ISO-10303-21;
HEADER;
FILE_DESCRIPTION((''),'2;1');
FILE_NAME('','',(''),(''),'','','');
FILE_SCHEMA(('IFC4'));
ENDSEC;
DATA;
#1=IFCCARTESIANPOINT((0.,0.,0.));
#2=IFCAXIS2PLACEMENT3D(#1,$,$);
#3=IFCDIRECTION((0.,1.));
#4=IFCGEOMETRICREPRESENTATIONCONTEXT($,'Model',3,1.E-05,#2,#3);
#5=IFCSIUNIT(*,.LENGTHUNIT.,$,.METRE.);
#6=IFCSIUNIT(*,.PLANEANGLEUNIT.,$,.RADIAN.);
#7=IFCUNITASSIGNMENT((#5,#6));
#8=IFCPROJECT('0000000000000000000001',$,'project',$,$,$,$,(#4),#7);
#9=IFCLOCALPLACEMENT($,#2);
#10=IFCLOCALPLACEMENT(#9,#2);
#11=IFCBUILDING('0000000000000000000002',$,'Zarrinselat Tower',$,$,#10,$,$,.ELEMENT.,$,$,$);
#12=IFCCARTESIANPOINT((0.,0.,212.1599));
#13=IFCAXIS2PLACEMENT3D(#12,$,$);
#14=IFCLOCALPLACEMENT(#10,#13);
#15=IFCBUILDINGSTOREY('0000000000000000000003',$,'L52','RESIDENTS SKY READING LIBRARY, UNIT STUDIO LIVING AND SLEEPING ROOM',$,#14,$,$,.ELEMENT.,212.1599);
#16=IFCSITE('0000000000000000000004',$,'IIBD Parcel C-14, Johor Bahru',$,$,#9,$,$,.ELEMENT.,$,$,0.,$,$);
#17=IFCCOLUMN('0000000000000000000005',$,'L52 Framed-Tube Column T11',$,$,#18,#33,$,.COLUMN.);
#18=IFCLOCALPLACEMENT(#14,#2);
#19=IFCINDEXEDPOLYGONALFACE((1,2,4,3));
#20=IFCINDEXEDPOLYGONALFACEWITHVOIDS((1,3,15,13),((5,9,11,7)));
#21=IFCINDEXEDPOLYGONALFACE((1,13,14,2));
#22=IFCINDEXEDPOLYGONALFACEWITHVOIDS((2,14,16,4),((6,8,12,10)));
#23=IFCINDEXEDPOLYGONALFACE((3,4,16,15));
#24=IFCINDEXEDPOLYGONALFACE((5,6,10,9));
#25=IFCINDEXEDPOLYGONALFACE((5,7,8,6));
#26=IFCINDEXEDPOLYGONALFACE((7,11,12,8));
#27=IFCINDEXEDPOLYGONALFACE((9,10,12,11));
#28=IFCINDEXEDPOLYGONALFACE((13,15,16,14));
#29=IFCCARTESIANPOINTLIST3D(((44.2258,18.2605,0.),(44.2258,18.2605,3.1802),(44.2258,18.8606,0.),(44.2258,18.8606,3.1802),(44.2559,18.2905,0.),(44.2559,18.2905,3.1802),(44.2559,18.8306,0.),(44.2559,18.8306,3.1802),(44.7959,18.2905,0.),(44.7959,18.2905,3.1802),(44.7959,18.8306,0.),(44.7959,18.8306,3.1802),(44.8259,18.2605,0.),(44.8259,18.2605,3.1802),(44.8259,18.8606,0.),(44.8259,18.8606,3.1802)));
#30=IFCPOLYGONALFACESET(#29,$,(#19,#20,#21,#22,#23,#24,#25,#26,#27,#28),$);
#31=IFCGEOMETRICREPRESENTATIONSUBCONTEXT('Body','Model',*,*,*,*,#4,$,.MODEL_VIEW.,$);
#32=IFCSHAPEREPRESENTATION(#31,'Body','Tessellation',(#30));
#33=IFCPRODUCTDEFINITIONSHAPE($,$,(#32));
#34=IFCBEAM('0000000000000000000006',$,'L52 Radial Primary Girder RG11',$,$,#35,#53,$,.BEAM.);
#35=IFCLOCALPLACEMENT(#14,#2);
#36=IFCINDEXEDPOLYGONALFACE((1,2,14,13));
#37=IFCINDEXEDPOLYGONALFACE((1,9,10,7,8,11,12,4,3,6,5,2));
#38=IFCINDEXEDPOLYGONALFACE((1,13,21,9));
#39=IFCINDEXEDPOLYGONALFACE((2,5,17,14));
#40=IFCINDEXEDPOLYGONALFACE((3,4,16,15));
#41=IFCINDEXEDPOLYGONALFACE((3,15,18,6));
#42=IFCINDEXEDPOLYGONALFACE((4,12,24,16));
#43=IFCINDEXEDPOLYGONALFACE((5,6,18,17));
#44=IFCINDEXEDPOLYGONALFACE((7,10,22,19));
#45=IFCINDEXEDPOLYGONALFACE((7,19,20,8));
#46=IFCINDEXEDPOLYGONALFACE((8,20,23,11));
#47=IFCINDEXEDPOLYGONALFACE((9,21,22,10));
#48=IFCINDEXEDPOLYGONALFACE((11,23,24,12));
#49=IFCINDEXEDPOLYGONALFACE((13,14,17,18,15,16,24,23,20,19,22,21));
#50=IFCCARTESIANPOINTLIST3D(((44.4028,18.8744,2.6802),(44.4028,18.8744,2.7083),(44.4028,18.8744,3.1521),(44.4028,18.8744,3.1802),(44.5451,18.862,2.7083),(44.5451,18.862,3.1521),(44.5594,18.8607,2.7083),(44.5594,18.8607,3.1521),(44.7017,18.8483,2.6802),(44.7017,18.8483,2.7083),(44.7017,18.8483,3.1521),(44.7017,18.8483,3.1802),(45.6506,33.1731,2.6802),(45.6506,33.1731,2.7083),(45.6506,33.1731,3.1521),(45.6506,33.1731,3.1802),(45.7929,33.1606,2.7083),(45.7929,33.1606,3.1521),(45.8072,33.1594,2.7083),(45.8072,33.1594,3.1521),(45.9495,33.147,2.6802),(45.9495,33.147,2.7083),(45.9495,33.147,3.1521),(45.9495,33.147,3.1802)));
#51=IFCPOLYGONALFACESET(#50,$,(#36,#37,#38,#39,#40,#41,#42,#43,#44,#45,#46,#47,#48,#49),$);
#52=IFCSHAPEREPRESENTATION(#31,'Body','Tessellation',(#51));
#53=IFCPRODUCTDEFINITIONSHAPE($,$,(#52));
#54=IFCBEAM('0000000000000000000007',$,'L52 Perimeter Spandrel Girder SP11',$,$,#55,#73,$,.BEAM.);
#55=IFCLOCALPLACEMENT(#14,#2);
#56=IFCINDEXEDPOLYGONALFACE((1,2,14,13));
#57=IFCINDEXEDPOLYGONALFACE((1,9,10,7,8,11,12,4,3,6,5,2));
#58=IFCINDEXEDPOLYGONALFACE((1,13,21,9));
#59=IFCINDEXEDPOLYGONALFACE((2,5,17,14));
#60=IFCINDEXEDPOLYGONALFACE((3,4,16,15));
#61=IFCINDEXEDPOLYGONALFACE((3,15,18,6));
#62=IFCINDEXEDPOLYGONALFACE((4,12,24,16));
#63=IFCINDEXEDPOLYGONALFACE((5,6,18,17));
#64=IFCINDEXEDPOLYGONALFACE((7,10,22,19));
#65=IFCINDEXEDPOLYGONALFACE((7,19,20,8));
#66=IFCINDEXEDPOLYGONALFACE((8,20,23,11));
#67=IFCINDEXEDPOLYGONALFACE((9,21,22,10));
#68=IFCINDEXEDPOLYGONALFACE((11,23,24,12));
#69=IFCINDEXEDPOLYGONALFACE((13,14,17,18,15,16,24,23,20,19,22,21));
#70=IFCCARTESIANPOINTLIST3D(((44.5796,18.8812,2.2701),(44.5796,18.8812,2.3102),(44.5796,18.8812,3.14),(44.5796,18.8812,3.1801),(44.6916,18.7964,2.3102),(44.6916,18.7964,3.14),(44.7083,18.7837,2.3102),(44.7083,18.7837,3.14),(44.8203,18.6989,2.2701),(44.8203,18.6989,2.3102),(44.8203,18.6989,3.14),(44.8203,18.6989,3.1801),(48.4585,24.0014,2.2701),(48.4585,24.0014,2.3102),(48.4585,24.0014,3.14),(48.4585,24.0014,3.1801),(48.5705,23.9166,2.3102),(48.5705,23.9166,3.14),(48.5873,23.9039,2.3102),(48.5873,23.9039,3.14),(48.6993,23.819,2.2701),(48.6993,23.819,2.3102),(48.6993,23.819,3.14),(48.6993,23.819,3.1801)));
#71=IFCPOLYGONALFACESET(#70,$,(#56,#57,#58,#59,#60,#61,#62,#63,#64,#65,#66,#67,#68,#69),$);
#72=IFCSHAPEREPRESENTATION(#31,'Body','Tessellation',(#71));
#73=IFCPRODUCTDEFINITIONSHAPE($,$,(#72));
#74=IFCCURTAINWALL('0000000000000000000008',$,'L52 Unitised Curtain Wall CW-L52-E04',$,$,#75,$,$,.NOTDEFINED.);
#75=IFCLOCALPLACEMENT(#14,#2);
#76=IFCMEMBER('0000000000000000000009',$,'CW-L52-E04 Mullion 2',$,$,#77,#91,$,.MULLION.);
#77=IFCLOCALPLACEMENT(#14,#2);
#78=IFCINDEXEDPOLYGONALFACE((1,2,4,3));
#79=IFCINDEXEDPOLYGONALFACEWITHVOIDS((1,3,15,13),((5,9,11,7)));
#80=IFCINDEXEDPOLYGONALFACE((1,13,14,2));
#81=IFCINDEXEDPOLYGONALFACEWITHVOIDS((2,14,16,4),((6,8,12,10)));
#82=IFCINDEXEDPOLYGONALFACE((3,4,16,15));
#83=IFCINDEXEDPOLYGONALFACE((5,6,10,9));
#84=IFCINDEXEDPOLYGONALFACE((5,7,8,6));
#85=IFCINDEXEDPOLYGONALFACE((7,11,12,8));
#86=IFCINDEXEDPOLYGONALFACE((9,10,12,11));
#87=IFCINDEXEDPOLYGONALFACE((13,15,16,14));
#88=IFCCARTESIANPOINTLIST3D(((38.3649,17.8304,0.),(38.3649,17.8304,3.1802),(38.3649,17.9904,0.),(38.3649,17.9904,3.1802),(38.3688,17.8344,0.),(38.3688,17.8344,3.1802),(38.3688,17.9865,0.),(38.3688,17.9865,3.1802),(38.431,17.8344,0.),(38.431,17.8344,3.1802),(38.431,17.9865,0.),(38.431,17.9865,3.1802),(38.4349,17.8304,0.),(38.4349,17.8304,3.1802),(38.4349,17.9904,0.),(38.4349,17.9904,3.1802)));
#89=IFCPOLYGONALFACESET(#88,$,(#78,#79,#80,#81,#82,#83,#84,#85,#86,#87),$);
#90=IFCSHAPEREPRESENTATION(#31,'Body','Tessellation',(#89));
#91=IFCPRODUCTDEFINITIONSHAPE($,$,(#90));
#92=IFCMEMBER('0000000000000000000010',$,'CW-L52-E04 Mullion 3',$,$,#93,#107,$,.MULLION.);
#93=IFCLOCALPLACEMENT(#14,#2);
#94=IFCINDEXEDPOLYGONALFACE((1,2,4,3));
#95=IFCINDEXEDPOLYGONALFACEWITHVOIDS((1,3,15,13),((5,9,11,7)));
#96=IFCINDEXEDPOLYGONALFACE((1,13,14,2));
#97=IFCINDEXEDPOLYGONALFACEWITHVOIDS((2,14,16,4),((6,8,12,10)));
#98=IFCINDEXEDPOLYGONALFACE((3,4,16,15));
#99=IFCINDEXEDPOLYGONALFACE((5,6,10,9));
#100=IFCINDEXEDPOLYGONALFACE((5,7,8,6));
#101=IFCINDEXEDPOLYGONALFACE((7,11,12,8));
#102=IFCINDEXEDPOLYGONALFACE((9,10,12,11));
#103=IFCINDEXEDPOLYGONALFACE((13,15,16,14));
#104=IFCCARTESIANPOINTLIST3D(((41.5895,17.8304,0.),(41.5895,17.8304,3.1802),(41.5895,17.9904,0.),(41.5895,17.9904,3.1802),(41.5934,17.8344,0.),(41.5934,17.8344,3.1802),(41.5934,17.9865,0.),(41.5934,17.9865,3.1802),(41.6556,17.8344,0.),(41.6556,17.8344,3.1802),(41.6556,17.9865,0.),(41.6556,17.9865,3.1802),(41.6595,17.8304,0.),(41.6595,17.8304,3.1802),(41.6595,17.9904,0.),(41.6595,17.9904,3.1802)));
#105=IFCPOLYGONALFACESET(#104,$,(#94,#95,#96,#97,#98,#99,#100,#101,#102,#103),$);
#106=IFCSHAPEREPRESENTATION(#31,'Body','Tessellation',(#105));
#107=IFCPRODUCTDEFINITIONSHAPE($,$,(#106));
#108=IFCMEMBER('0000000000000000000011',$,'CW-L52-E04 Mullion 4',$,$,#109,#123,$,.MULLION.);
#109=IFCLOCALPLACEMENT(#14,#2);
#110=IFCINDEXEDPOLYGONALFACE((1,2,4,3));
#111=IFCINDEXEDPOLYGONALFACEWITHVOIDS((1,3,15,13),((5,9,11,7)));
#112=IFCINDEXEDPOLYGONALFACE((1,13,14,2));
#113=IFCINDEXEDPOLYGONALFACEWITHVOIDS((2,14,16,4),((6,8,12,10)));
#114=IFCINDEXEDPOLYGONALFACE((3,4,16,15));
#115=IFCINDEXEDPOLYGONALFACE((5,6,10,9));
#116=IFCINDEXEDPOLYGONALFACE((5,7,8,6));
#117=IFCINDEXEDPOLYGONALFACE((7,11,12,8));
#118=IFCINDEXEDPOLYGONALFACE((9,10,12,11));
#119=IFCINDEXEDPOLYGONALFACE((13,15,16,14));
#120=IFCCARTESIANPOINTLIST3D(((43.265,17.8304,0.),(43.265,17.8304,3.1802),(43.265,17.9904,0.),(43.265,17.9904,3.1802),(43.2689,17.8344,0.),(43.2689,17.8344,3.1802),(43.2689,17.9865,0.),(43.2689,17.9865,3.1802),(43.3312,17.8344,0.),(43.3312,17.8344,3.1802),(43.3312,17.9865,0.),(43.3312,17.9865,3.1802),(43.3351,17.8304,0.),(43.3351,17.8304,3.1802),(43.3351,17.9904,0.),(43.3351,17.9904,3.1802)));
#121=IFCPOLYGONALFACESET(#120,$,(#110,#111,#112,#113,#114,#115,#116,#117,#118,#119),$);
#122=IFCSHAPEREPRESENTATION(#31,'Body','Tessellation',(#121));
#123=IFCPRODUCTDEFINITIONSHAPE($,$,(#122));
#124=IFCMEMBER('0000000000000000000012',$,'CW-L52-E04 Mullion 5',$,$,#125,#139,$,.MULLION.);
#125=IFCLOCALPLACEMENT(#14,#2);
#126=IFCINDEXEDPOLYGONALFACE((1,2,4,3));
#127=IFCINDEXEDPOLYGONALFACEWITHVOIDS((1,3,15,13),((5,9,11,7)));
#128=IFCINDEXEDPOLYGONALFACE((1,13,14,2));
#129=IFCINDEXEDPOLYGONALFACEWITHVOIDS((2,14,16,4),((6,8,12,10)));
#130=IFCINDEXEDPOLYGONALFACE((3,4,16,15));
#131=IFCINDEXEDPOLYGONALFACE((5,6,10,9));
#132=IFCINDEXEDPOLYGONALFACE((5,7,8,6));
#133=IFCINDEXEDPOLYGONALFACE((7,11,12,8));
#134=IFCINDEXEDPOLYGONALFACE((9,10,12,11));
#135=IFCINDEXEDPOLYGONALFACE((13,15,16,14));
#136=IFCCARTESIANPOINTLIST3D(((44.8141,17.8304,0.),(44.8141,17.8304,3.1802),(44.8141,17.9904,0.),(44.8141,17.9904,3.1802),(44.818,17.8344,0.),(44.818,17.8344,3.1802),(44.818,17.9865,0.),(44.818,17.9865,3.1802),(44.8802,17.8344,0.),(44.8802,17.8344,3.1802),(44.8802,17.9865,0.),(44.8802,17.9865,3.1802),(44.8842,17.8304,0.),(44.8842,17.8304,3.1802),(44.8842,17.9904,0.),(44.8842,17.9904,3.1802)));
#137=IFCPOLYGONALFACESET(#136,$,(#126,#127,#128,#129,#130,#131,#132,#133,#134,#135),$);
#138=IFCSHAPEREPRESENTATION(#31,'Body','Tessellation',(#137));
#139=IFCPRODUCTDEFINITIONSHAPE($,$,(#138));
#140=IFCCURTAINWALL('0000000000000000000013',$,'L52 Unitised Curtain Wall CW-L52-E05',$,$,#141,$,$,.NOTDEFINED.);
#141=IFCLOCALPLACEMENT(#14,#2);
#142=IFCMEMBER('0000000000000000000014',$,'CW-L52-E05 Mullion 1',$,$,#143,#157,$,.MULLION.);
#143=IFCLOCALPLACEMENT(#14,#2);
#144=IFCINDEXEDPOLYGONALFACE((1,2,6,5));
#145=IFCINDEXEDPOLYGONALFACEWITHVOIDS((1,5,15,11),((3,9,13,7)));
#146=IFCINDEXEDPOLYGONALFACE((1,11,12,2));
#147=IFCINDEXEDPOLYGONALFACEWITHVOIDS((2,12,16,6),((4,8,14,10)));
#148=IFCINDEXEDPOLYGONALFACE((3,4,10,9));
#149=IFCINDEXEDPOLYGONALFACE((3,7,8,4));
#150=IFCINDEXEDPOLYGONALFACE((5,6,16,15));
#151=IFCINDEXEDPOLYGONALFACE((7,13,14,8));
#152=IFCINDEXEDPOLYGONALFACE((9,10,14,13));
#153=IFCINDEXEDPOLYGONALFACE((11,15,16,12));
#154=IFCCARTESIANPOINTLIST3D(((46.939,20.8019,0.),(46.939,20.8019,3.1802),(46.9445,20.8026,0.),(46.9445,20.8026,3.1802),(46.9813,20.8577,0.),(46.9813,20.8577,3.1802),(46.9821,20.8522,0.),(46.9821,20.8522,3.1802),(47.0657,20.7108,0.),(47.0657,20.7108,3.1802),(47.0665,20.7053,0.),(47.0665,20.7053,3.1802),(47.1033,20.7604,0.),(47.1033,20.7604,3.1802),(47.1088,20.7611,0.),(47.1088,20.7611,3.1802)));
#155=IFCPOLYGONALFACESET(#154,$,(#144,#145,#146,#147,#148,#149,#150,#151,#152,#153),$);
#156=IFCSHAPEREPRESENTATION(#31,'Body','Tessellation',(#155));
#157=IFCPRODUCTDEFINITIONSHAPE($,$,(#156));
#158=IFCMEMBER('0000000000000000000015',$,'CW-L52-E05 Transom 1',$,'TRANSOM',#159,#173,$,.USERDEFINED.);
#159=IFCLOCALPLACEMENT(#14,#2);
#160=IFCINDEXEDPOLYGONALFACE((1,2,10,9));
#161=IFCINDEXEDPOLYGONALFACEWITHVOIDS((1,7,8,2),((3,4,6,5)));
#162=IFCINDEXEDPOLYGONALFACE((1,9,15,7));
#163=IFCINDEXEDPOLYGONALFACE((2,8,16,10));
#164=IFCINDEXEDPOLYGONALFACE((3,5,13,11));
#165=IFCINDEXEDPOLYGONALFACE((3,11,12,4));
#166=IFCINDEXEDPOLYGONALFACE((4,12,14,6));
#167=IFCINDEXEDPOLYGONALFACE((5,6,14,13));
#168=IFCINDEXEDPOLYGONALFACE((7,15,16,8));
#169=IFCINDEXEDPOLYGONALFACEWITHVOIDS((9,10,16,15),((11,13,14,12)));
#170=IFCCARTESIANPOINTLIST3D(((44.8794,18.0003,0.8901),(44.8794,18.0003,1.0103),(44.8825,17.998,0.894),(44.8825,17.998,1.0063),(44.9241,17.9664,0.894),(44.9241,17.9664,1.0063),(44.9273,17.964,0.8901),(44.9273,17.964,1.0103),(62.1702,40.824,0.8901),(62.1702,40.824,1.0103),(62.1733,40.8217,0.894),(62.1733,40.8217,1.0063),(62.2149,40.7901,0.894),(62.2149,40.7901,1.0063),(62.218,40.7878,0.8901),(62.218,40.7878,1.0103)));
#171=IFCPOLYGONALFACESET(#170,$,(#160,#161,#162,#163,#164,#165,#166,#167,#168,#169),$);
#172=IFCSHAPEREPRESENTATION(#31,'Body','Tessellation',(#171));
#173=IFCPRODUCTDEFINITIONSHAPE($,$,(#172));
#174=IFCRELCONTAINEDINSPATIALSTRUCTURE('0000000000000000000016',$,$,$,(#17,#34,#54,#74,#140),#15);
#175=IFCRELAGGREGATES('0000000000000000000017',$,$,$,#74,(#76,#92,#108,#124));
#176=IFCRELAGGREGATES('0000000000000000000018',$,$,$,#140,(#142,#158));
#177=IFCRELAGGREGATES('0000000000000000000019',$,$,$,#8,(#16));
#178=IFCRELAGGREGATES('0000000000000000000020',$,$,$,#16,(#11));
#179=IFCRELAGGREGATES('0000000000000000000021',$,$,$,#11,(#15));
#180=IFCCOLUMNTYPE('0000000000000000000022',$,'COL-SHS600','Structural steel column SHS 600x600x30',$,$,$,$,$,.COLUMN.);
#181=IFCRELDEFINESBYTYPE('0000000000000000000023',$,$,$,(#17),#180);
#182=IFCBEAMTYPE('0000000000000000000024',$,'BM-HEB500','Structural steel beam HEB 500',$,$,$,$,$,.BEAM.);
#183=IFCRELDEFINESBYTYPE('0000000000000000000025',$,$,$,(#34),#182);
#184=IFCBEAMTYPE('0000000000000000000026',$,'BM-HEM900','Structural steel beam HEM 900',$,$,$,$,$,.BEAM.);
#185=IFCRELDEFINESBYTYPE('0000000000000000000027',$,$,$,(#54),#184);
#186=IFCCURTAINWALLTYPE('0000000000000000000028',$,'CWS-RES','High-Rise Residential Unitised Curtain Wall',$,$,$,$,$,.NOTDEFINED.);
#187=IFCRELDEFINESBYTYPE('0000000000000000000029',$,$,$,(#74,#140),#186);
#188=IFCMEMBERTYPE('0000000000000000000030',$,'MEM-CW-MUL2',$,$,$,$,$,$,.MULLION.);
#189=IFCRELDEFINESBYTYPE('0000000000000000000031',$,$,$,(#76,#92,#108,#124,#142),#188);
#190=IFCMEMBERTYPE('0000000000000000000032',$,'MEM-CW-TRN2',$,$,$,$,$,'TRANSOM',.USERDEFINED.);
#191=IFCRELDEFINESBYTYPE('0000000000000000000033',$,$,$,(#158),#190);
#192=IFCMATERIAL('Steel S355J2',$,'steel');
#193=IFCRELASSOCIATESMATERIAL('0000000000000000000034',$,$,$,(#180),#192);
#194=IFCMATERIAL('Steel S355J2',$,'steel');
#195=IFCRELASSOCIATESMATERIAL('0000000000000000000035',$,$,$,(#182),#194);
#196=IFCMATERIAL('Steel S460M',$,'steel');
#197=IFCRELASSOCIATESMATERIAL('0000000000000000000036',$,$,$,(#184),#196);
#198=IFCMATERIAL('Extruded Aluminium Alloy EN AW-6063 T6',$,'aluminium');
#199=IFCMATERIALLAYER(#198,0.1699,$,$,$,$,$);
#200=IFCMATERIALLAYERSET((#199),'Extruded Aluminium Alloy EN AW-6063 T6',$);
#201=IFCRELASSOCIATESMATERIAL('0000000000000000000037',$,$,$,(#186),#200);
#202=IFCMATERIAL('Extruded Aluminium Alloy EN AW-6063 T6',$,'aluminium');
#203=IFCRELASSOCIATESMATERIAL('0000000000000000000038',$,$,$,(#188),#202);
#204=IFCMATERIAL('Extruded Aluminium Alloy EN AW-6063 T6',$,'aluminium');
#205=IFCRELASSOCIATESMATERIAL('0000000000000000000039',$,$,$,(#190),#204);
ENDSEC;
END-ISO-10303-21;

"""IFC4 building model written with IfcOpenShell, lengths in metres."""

from ifc_helpers import new_model, si_unit, direction, frame, origin, origin_2d, place, context, subcontext, project, spatial, hollow_rectangle, i_section, extrude, material, layer, layer_set, material_profile, profile_set, type_object, element, aggregate, save


model = new_model("IFC4")

# Units and contexts
model_context = context("Model", 3, precision=1e-05, world=origin(), true_north=direction((0.0, 1.0)))
body_context = subcontext(model_context, "Body", "Model", "MODEL_VIEW")
ifc_project = project(units=[si_unit("LENGTHUNIT", "METRE"), si_unit("PLANEANGLEUNIT", "RADIAN")], contexts=[model_context])

# Site, building, storey
site_placement = place(None, origin())
site = spatial("IfcSite", under=ifc_project, at=site_placement, Name="IIBD Parcel C-14, Johor Bahru", CompositionType="ELEMENT", RefElevation=0.0)
building_placement = place(site_placement, origin())
building = spatial("IfcBuilding", under=site, at=building_placement, Name="Zarrinselat Tower", CompositionType="ELEMENT")
storey_placement = place(building_placement, frame((0.0, 0.0, 212.1599)))
storey = spatial("IfcBuildingStorey", under=building, at=storey_placement, Name="L52", Description="RESIDENTS SKY READING LIBRARY, UNIT STUDIO LIVING AND SLEEPING ROOM", CompositionType="ELEMENT", Elevation=212.1599)

# Column
ifc_material_1 = material(Name="Steel S355J2", Category="steel")
ifc_material_profile_1 = material_profile(ifc_material_1, hollow_rectangle(XDim=0.6001, YDim=0.6001, WallThickness=0.03, at=origin_2d()), Name="SHS 600x600x30")
ifc_profile_set_1 = profile_set([ifc_material_profile_1], Name="Steel S355J2")
column_type = type_object("IfcColumnType", Name="COL-SHS600", Description="Structural steel column SHS 600x600x30", PredefinedType="COLUMN", material=ifc_profile_set_1)
column_placement = place(storey_placement, frame((44.5259, 18.5605, 0.0), z_axis=(0.0, 0.0, 1.0), x_axis=(1.0, 0.0, 0.0)))
element("IfcColumn", 1, at=column_placement, inside=storey, type_object=column_type, Name="L52 Framed-Tube Column T11", PredefinedType="COLUMN", context=body_context, shape_type="SweptSolid", body=[
    extrude(hollow_rectangle(XDim=0.6001, YDim=0.6001, WallThickness=0.03, at=origin_2d()), origin(), (0.0, 0.0, 1.0), 3.1802),
])

# Beams
ifc_material_2 = material(Name="Steel S355J2", Category="steel")
ifc_material_profile_2 = material_profile(ifc_material_2, i_section(OverallWidth=0.3, OverallDepth=0.5, WebThickness=0.0144, FlangeThickness=0.0281, at=origin_2d()), Name="HEB 500")
ifc_profile_set_2 = profile_set([ifc_material_profile_2], Name="Steel S355J2")
beam_type_1 = type_object("IfcBeamType", Name="BM-HEB500", Description="Structural steel beam HEB 500", PredefinedType="BEAM", material=ifc_profile_set_2)
beam_1_placement = place(storey_placement, frame((44.5522, 18.8613, 2.9302), z_axis=(0.086937, 0.996214, 0.0), x_axis=(-0.996214, 0.086937, 0.0)))
element("IfcBeam", 2, at=beam_1_placement, inside=storey, type_object=beam_type_1, Name="L52 Radial Primary Girder RG11", PredefinedType="BEAM", context=body_context, shape_type="SweptSolid", body=[
    extrude(i_section(OverallWidth=0.3, OverallDepth=0.5, WebThickness=0.0144, FlangeThickness=0.0281, at=origin_2d()), origin(), (0.0, 0.0, 1.0), 14.353),
])
ifc_material_3 = material(Name="Steel S460M", Category="steel")
ifc_material_profile_3 = material_profile(ifc_material_3, i_section(OverallWidth=0.302, OverallDepth=0.9099, WebThickness=0.021, FlangeThickness=0.04, at=origin_2d()), Name="HEM 900")
ifc_profile_set_3 = profile_set([ifc_material_profile_3], Name="Steel S460M")
beam_type_2 = type_object("IfcBeamType", Name="BM-HEM900", Description="Structural steel beam HEM 900", PredefinedType="BEAM", material=ifc_profile_set_3)
beam_2_placement = place(storey_placement, frame((44.7, 18.79, 2.7251), z_axis=(0.603861, 0.79709, 0.0), x_axis=(-0.79709, 0.603861, 0.0)))
element("IfcBeam", 3, at=beam_2_placement, inside=storey, type_object=beam_type_2, Name="L52 Perimeter Spandrel Girder SP11", PredefinedType="BEAM", context=body_context, shape_type="SweptSolid", body=[
    extrude(i_section(OverallWidth=0.302, OverallDepth=0.9099, WebThickness=0.021, FlangeThickness=0.04, at=origin_2d()), origin(), (0.0, 0.0, 1.0), 6.4236),
])

# Curtain walls, members
ifc_material_4 = material(Name="Extruded Aluminium Alloy EN AW-6063 T6", Category="aluminium")
ifc_layer_1 = layer(ifc_material_4, 0.1699)
ifc_layer_set_1 = layer_set([ifc_layer_1], Name="Extruded Aluminium Alloy EN AW-6063 T6")
curtain_wall_type = type_object("IfcCurtainWallType", Name="CWS-RES", Description="High-Rise Residential Unitised Curtain Wall", PredefinedType="NOTDEFINED", material=ifc_layer_set_1)
curtain_wall_1_placement = place(storey_placement, origin())
curtain_wall_1 = element("IfcCurtainWall", 4, at=curtain_wall_1_placement, inside=storey, type_object=curtain_wall_type, Name="L52 Unitised Curtain Wall CW-L52-E04", PredefinedType="NOTDEFINED")
ifc_material_5 = material(Name="Extruded Aluminium Alloy EN AW-6063 T6", Category="aluminium")
ifc_material_profile_4 = material_profile(ifc_material_5, hollow_rectangle(XDim=0.0701, YDim=0.1599, WallThickness=0.0039, at=origin_2d()), Name="RHS 160x70x4")
ifc_profile_set_4 = profile_set([ifc_material_profile_4], Name="Extruded Aluminium Alloy EN AW-6063 T6")
member_type_1 = type_object("IfcMemberType", Name="MEM-CW-MUL2", PredefinedType="MULLION", material=ifc_profile_set_4)
member_1_placement = place(storey_placement, frame((38.3999, 17.9104, 0.0), z_axis=(0.0, 0.0, 1.0), x_axis=(1.0, 0.0, 0.0)))
member_1 = element("IfcMember", 5, at=member_1_placement, type_object=member_type_1, Name="CW-L52-E04 Mullion 2", PredefinedType="MULLION", context=body_context, shape_type="SweptSolid", body=[
    extrude(hollow_rectangle(XDim=0.0701, YDim=0.1599, WallThickness=0.0039, at=origin_2d()), origin(), (0.0, 0.0, 1.0), 3.1802),
])
member_2_placement = place(storey_placement, frame((41.6245, 17.9104, 0.0), z_axis=(0.0, 0.0, 1.0), x_axis=(1.0, 0.0, 0.0)))
member_2 = element("IfcMember", 6, at=member_2_placement, type_object=member_type_1, Name="CW-L52-E04 Mullion 3", PredefinedType="MULLION", context=body_context, shape_type="SweptSolid", body=[
    extrude(hollow_rectangle(XDim=0.0701, YDim=0.1599, WallThickness=0.0039, at=origin_2d()), origin(), (0.0, 0.0, 1.0), 3.1802),
])
member_3_placement = place(storey_placement, frame((43.3, 17.9104, 0.0), z_axis=(0.0, 0.0, 1.0), x_axis=(1.0, 0.0, 0.0)))
member_3 = element("IfcMember", 7, at=member_3_placement, type_object=member_type_1, Name="CW-L52-E04 Mullion 4", PredefinedType="MULLION", context=body_context, shape_type="SweptSolid", body=[
    extrude(hollow_rectangle(XDim=0.0701, YDim=0.1599, WallThickness=0.0039, at=origin_2d()), origin(), (0.0, 0.0, 1.0), 3.1802),
])
member_4_placement = place(storey_placement, frame((44.8491, 17.9104, 0.0), z_axis=(0.0, 0.0, 1.0), x_axis=(1.0, 0.0, 0.0)))
member_4 = element("IfcMember", 8, at=member_4_placement, type_object=member_type_1, Name="CW-L52-E04 Mullion 5", PredefinedType="MULLION", context=body_context, shape_type="SweptSolid", body=[
    extrude(hollow_rectangle(XDim=0.0701, YDim=0.1599, WallThickness=0.0039, at=origin_2d()), origin(), (0.0, 0.0, 1.0), 3.1802),
])
curtain_wall_2_placement = place(storey_placement, origin())
curtain_wall_2 = element("IfcCurtainWall", 9, at=curtain_wall_2_placement, inside=storey, type_object=curtain_wall_type, Name="L52 Unitised Curtain Wall CW-L52-E05", PredefinedType="NOTDEFINED")
member_5_placement = place(storey_placement, frame((47.0239, 20.7815, 0.0), z_axis=(0.0, 0.0, 1.0), x_axis=(0.603859, 0.797091, 0.0)))
member_5 = element("IfcMember", 10, at=member_5_placement, type_object=member_type_1, Name="CW-L52-E05 Mullion 1", PredefinedType="MULLION", context=body_context, shape_type="SweptSolid", body=[
    extrude(hollow_rectangle(XDim=0.0701, YDim=0.1599, WallThickness=0.0039, at=origin_2d()), origin(), (0.0, 0.0, 1.0), 3.1802),
])
ifc_material_6 = material(Name="Extruded Aluminium Alloy EN AW-6063 T6", Category="aluminium")
ifc_material_profile_5 = material_profile(ifc_material_6, hollow_rectangle(XDim=0.0601, YDim=0.1201, WallThickness=0.0039, at=origin_2d()), Name="RHS 120x60x4")
ifc_profile_set_5 = profile_set([ifc_material_profile_5], Name="Extruded Aluminium Alloy EN AW-6063 T6")
member_type_2 = type_object("IfcMemberType", Name="MEM-CW-TRN2", ElementType="TRANSOM", PredefinedType="USERDEFINED", material=ifc_profile_set_5)
member_6_placement = place(storey_placement, frame((44.9033, 17.9822, 0.9502), z_axis=(0.603859, 0.797091, 0.0), x_axis=(-0.797091, 0.603859, 0.0)))
member_6 = element("IfcMember", 11, at=member_6_placement, type_object=member_type_2, Name="CW-L52-E05 Transom 1", ObjectType="TRANSOM", PredefinedType="USERDEFINED", context=body_context, shape_type="SweptSolid", body=[
    extrude(hollow_rectangle(XDim=0.0601, YDim=0.1201, WallThickness=0.0039, at=origin_2d()), origin(), (0.0, 0.0, 1.0), 28.6338),
])

aggregate(curtain_wall_1, [member_1, member_2, member_3, member_4])
aggregate(curtain_wall_2, [member_5, member_6])

save(model, "model.ifc")
